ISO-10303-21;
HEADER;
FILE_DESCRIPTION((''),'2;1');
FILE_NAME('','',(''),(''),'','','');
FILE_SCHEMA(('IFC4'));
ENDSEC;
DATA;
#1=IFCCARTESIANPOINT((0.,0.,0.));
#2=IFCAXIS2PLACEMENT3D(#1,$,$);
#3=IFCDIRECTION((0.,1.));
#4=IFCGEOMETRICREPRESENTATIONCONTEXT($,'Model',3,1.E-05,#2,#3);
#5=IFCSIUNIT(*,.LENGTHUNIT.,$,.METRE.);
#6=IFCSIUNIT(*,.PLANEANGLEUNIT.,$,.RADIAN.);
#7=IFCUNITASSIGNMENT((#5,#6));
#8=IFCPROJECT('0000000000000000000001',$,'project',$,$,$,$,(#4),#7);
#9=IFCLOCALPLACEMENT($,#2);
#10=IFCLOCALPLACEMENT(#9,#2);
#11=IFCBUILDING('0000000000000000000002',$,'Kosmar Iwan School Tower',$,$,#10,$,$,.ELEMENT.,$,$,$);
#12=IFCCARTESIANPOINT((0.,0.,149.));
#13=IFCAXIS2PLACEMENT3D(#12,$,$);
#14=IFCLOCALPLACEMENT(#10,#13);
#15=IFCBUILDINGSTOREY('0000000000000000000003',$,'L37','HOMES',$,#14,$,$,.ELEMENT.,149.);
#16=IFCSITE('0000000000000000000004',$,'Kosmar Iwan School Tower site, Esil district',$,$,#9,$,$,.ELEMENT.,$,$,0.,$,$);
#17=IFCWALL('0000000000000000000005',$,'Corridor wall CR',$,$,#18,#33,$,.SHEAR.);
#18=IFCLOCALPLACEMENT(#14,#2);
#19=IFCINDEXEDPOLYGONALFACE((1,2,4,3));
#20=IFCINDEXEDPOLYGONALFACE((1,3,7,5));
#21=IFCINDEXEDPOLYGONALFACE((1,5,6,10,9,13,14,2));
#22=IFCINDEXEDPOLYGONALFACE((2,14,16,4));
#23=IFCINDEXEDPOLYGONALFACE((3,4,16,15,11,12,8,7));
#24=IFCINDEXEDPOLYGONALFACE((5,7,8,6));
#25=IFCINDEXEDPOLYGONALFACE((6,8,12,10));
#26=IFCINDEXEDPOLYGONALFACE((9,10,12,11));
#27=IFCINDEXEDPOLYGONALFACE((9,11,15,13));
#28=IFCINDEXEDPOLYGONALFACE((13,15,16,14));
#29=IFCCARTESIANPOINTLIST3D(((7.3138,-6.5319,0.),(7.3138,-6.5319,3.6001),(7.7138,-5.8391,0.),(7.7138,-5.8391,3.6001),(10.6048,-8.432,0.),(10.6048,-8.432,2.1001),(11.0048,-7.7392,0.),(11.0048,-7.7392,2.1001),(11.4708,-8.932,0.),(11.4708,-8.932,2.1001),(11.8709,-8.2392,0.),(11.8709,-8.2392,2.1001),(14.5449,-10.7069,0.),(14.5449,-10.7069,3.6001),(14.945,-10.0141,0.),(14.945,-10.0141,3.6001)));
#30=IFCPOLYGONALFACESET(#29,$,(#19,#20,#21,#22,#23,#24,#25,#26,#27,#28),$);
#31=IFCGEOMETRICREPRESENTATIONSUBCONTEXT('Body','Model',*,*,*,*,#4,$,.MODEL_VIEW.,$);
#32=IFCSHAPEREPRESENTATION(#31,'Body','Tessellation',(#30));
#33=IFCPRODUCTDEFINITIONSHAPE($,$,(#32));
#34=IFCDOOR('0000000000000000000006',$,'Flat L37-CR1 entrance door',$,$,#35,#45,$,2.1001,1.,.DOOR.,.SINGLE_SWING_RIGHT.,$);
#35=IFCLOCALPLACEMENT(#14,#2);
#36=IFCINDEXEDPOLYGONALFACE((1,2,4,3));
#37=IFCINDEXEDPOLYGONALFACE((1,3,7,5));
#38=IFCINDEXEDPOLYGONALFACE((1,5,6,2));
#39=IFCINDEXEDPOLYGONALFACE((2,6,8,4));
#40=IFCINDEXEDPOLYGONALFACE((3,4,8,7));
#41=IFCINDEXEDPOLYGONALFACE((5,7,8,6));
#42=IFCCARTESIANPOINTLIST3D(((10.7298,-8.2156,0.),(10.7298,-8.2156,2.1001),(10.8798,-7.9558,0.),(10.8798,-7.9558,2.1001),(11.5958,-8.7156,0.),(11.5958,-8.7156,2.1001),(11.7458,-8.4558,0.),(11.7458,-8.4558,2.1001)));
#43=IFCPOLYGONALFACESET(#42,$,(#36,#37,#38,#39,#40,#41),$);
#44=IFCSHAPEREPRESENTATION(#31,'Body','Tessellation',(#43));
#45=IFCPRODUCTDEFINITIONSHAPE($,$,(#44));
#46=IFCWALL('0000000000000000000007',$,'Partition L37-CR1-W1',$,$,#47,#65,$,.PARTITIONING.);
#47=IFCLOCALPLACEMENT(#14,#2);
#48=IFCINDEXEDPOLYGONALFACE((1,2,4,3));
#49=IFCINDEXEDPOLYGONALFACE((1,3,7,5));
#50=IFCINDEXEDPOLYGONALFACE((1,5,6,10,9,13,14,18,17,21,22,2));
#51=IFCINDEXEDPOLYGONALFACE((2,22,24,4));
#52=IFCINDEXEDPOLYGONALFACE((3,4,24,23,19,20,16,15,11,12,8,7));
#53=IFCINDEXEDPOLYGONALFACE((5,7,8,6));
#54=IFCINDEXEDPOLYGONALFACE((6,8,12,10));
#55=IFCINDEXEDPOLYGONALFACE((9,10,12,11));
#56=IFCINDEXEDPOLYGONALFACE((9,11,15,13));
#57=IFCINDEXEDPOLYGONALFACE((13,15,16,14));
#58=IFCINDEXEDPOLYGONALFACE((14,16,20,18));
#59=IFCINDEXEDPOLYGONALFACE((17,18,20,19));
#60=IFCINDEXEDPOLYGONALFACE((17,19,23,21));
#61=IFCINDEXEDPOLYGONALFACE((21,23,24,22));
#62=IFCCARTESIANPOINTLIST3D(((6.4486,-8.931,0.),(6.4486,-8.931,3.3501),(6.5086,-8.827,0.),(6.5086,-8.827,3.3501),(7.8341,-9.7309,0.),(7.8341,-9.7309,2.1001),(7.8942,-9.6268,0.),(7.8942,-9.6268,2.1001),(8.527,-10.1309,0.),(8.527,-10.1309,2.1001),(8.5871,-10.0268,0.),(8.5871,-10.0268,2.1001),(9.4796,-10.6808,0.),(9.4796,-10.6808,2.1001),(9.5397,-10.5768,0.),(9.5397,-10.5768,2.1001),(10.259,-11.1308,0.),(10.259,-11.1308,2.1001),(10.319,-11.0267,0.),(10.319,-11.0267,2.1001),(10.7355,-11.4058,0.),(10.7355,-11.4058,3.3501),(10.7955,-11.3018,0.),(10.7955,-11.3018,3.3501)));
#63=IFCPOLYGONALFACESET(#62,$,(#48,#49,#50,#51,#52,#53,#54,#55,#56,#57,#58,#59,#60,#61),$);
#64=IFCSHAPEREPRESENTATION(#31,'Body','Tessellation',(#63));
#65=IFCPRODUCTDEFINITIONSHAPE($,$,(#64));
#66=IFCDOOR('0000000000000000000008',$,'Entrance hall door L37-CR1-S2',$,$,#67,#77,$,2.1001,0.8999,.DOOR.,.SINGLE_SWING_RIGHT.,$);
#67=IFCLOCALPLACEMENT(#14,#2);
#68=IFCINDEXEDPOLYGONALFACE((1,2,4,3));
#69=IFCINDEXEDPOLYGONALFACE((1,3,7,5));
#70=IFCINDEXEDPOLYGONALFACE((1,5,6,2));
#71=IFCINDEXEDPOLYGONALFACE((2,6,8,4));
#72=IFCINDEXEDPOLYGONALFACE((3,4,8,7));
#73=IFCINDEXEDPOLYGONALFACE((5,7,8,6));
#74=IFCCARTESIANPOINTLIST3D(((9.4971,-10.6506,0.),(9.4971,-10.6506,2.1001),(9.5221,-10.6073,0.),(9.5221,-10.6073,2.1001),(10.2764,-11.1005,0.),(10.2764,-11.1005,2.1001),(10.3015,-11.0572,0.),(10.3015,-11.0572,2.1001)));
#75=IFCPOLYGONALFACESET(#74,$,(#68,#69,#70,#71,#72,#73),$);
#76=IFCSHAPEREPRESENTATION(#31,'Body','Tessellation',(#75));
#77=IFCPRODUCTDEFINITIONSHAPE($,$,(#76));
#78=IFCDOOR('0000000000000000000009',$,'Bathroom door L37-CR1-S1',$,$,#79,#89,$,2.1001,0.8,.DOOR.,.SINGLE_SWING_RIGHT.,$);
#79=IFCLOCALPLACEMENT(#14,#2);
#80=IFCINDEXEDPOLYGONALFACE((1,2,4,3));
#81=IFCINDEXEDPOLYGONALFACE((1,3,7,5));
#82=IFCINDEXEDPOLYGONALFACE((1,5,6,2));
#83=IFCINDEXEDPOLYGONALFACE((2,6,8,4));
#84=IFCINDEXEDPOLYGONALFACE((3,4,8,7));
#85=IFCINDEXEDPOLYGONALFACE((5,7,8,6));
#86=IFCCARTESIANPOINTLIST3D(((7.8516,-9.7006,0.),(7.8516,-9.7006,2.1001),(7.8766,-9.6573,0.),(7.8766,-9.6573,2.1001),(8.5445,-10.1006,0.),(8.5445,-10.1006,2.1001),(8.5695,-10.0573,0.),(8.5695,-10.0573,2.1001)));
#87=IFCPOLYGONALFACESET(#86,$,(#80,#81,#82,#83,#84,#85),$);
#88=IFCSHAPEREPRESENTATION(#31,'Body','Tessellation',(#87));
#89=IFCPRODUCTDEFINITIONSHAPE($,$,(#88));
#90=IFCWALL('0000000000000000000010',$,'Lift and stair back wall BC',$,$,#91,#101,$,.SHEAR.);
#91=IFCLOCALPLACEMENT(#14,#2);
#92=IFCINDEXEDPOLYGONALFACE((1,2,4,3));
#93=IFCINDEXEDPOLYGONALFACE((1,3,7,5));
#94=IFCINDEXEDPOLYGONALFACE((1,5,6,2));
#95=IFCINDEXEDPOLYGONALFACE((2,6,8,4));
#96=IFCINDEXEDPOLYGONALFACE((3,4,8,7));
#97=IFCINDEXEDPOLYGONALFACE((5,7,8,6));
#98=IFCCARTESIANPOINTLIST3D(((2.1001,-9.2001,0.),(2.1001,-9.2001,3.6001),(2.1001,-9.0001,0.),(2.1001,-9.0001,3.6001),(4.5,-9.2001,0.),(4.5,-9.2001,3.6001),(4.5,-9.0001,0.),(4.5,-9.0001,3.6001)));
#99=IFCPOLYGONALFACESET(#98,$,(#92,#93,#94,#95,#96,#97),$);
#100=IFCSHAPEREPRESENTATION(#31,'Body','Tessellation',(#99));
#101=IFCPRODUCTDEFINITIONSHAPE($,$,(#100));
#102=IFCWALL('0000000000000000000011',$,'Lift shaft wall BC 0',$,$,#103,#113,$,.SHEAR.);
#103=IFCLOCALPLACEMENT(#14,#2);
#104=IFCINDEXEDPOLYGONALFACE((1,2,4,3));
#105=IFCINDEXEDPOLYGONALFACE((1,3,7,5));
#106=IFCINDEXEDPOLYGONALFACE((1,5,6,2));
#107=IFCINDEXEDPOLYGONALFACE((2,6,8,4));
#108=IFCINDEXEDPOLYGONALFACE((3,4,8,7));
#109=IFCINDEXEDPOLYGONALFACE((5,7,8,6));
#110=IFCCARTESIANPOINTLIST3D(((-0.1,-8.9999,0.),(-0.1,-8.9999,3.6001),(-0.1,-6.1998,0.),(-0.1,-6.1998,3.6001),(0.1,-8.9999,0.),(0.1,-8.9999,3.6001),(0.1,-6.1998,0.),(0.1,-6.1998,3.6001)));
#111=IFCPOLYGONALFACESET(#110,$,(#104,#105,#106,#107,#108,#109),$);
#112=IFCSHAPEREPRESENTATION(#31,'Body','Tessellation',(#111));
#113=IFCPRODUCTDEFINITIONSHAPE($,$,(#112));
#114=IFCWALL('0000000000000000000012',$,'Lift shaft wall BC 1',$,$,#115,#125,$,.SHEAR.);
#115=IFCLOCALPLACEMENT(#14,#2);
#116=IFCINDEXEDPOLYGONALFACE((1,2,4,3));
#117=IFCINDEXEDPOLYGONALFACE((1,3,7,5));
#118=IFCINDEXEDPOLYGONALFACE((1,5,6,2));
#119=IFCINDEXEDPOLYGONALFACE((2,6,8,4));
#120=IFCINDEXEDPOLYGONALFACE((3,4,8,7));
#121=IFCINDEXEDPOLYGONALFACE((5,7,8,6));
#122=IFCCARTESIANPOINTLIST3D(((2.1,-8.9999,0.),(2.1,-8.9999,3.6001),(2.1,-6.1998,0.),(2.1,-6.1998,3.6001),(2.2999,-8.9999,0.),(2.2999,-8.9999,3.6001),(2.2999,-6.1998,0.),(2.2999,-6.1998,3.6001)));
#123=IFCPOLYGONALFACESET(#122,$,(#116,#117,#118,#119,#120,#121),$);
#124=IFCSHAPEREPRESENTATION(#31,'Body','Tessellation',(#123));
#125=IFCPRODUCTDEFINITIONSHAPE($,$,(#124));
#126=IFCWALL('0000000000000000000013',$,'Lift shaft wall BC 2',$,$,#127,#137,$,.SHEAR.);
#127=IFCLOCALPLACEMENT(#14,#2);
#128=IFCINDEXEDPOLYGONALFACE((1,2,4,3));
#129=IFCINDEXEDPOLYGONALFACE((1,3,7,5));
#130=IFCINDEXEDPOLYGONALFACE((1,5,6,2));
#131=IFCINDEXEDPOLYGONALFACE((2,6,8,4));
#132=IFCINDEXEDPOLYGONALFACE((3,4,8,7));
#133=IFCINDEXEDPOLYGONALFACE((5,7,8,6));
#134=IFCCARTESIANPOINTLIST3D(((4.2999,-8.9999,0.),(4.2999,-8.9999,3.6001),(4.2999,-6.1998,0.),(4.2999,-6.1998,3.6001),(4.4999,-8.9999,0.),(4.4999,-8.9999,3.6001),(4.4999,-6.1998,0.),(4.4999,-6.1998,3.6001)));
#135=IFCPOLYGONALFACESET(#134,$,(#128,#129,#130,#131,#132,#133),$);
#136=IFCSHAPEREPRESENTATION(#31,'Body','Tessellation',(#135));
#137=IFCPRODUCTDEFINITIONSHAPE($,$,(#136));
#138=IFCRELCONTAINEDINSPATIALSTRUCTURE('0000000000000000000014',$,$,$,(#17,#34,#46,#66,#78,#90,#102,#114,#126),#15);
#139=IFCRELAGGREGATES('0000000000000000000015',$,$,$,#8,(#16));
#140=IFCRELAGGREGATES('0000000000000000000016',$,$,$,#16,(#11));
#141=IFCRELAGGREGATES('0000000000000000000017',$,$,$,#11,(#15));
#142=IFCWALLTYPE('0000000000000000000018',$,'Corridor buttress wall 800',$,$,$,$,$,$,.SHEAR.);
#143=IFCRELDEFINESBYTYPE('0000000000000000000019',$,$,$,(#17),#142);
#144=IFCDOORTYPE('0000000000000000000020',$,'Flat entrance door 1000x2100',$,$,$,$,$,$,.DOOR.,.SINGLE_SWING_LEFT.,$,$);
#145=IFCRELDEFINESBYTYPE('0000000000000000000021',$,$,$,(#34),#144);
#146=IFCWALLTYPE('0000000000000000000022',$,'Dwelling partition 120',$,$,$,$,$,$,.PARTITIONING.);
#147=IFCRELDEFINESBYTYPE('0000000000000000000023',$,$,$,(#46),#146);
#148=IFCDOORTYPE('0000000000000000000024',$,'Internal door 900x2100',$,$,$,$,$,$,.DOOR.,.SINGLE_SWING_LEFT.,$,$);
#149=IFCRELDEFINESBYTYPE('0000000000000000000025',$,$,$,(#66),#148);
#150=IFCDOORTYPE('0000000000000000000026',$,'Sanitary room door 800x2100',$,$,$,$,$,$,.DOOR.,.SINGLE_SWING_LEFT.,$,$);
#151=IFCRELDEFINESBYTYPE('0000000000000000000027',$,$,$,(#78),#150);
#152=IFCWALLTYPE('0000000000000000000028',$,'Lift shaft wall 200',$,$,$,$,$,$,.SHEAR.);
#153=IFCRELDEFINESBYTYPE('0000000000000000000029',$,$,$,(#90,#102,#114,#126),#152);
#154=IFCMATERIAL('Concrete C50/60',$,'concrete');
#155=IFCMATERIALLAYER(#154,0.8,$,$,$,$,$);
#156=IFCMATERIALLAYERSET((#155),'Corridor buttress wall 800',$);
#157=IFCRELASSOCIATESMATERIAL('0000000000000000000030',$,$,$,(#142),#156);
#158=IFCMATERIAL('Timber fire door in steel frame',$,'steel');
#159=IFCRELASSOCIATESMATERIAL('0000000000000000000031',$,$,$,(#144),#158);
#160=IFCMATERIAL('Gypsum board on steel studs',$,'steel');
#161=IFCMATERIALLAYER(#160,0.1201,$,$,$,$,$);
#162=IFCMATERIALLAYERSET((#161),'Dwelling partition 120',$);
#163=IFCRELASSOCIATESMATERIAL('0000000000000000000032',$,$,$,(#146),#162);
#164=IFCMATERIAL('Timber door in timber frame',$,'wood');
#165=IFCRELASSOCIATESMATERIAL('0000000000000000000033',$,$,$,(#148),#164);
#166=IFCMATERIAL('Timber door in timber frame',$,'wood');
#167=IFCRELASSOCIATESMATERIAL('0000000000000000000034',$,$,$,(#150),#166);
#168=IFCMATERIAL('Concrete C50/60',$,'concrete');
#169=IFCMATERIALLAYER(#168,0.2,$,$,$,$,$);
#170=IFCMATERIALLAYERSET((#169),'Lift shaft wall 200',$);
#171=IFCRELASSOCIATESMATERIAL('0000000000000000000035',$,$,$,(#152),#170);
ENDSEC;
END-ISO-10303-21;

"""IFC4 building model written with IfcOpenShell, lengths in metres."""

from ifc_helpers import new_model, si_unit, direction, frame, frame_2d, origin, place, context, subcontext, project, spatial, rectangle, extrude, material, layer, layer_set, type_object, element, fill, save


model = new_model("IFC4")

# Units and contexts
model_context = context("Model", 3, precision=1e-05, world=origin(), true_north=direction((0.0, 1.0)))
body_context = subcontext(model_context, "Body", "Model", "MODEL_VIEW")
ifc_project = project(units=[si_unit("LENGTHUNIT", "METRE"), si_unit("PLANEANGLEUNIT", "RADIAN")], contexts=[model_context])

# Site, building, storey
site_placement = place(None, origin())
site = spatial("IfcSite", under=ifc_project, at=site_placement, Name="Kosmar Iwan School Tower site, Esil district", CompositionType="ELEMENT", RefElevation=0.0)
building_placement = place(site_placement, origin())
building = spatial("IfcBuilding", under=site, at=building_placement, Name="Kosmar Iwan School Tower", CompositionType="ELEMENT")
storey_placement = place(building_placement, frame((0.0, 0.0, 149.0)))
storey = spatial("IfcBuildingStorey", under=building, at=storey_placement, Name="L37", Description="HOMES", CompositionType="ELEMENT", Elevation=149.0)

# Wall, opening, door
ifc_material_1 = material(Name="Concrete C50/60", Category="concrete")
ifc_layer_1 = layer(ifc_material_1, 0.8)
ifc_layer_set_1 = layer_set([ifc_layer_1], Name="Corridor buttress wall 800")
wall_type_1 = type_object("IfcWallType", Name="Corridor buttress wall 800", PredefinedType="SHEAR", material=ifc_layer_set_1)
wall_1_placement = place(storey_placement, frame((7.5139, -6.1855, 0.0), z_axis=(0.0, 0.0, 1.0), x_axis=(0.86602, -0.50001, 0.0)))
wall_1 = element("IfcWall", 1, at=wall_1_placement, inside=storey, type_object=wall_type_1, Name="Corridor wall CR", PredefinedType="SHEAR", context=body_context, shape_type="SweptSolid", body=[
    extrude(rectangle(XDim=8.3499, YDim=0.8, at=frame_2d((4.1748, 0.0))), origin(), (0.0, 0.0, 1.0), 3.6001),
])
opening_1_placement = place(wall_1_placement, frame((3.8, 0.0, 0.0)))
opening_1 = element("IfcOpeningElement", 2, at=opening_1_placement, cuts=wall_1, PredefinedType="OPENING", context=body_context, shape_type="SweptSolid", body=[
    extrude(rectangle(XDim=1.0, YDim=2.1001, at=frame_2d((0.5, 1.05))), frame((0.0, 0.4121, 0.0), z_axis=(0.0, -1.0, 0.0), x_axis=(1.0, 0.0, 0.0)), (0.0, 0.0, 1.0), 0.824),
])
ifc_material_2 = material(Name="Timber fire door in steel frame", Category="steel")
door_type_1 = type_object("IfcDoorType", Name="Flat entrance door 1000x2100", OperationType="SINGLE_SWING_LEFT", PredefinedType="DOOR", material=ifc_material_2)
door_1_placement = place(opening_1_placement, origin())
door_1 = element("IfcDoor", 3, at=door_1_placement, inside=storey, type_object=door_type_1, Name="Flat L37-CR1 entrance door", OperationType="SINGLE_SWING_RIGHT", OverallHeight=2.1001, OverallWidth=1.0, PredefinedType="DOOR", context=body_context, shape_type="SweptSolid", body=[
    extrude(rectangle(XDim=1.0, YDim=2.1001, at=frame_2d((0.5, 1.05))), frame((0.0, 0.1499, 0.0), z_axis=(0.0, -1.0, 0.0), x_axis=(1.0, 0.0, 0.0)), (0.0, 0.0, 1.0), 0.3),
])
fill(opening_1, door_1)

# Wall, openings, doors
ifc_material_3 = material(Name="Gypsum board on steel studs", Category="steel")
ifc_layer_2 = layer(ifc_material_3, 0.1201)
ifc_layer_set_2 = layer_set([ifc_layer_2], Name="Dwelling partition 120")
wall_type_2 = type_object("IfcWallType", Name="Dwelling partition 120", PredefinedType="PARTITIONING", material=ifc_layer_set_2)
wall_2_placement = place(storey_placement, frame((6.4785, -8.8789, 0.0), z_axis=(0.0, 0.0, 1.0), x_axis=(0.86604, -0.499974, 0.0)))
wall_2 = element("IfcWall", 4, at=wall_2_placement, inside=storey, type_object=wall_type_2, Name="Partition L37-CR1-W1", PredefinedType="PARTITIONING", context=body_context, shape_type="SweptSolid", body=[
    extrude(rectangle(XDim=4.95, YDim=0.1201, at=frame_2d((2.4751, 0.0))), origin(), (0.0, 0.0, 1.0), 3.3501),
])
opening_2_placement = place(wall_2_placement, frame((1.6001, 0.0, 0.0)))
opening_2 = element("IfcOpeningElement", 5, at=opening_2_placement, cuts=wall_2, PredefinedType="OPENING", context=body_context, shape_type="SweptSolid", body=[
    extrude(rectangle(XDim=0.8, YDim=2.1001, at=frame_2d((0.3999, 1.05))), frame((0.0, 0.072, 0.0), z_axis=(0.0, -1.0, 0.0), x_axis=(1.0, 0.0, 0.0)), (0.0, 0.0, 1.0), 0.144),
])
opening_3_placement = place(wall_2_placement, frame((3.5, 0.0, 0.0)))
opening_3 = element("IfcOpeningElement", 6, at=opening_3_placement, cuts=wall_2, PredefinedType="OPENING", context=body_context, shape_type="SweptSolid", body=[
    extrude(rectangle(XDim=0.8999, YDim=2.1001, at=frame_2d((0.45, 1.05))), frame((0.0, 0.072, 0.0), z_axis=(0.0, -1.0, 0.0), x_axis=(1.0, 0.0, 0.0)), (0.0, 0.0, 1.0), 0.144),
])
ifc_material_4 = material(Name="Timber door in timber frame", Category="wood")
door_type_2 = type_object("IfcDoorType", Name="Internal door 900x2100", OperationType="SINGLE_SWING_LEFT", PredefinedType="DOOR", material=ifc_material_4)
door_2_placement = place(opening_3_placement, origin())
door_2 = element("IfcDoor", 7, at=door_2_placement, inside=storey, type_object=door_type_2, Name="Entrance hall door L37-CR1-S2", OperationType="SINGLE_SWING_RIGHT", OverallHeight=2.1001, OverallWidth=0.8999, PredefinedType="DOOR", context=body_context, shape_type="SweptSolid", body=[
    extrude(rectangle(XDim=0.8999, YDim=2.1001, at=frame_2d((0.45, 1.05))), frame((0.0, 0.0249, 0.0), z_axis=(0.0, -1.0, 0.0), x_axis=(1.0, 0.0, 0.0)), (0.0, 0.0, 1.0), 0.05),
])
fill(opening_3, door_2)
ifc_material_5 = material(Name="Timber door in timber frame", Category="wood")
door_type_3 = type_object("IfcDoorType", Name="Sanitary room door 800x2100", OperationType="SINGLE_SWING_LEFT", PredefinedType="DOOR", material=ifc_material_5)
door_3_placement = place(opening_2_placement, origin())
door_3 = element("IfcDoor", 8, at=door_3_placement, inside=storey, type_object=door_type_3, Name="Bathroom door L37-CR1-S1", OperationType="SINGLE_SWING_RIGHT", OverallHeight=2.1001, OverallWidth=0.8, PredefinedType="DOOR", context=body_context, shape_type="SweptSolid", body=[
    extrude(rectangle(XDim=0.8, YDim=2.1001, at=frame_2d((0.3999, 1.05))), frame((0.0, 0.0249, 0.0), z_axis=(0.0, -1.0, 0.0), x_axis=(1.0, 0.0, 0.0)), (0.0, 0.0, 1.0), 0.05),
])
fill(opening_2, door_3)

# Walls
ifc_material_6 = material(Name="Concrete C50/60", Category="concrete")
ifc_layer_3 = layer(ifc_material_6, 0.2)
ifc_layer_set_3 = layer_set([ifc_layer_3], Name="Lift shaft wall 200")
wall_type_3 = type_object("IfcWallType", Name="Lift shaft wall 200", PredefinedType="SHEAR", material=ifc_layer_set_3)
wall_3_placement = place(storey_placement, frame((2.1001, -9.1001, 0.0), z_axis=(0.0, 0.0, 1.0), x_axis=(1.0, 0.0, 0.0)))
element("IfcWall", 9, at=wall_3_placement, inside=storey, type_object=wall_type_3, Name="Lift and stair back wall BC", PredefinedType="SHEAR", context=body_context, shape_type="SweptSolid", body=[
    extrude(rectangle(XDim=2.3999, YDim=0.2, at=frame_2d((1.2, 0.0))), origin(), (0.0, 0.0, 1.0), 3.6001),
])
for number, where, z_axis, x_axis, name in (
    (10, (0.0, -6.2, 0.0), (0.0, 0.0, 1.0), (0.0, -1.0, 0.0), "Lift shaft wall BC 0"),
    (11, (2.2, -6.2, 0.0), (0.0, 0.0, 1.0), (0.0, -1.0, 0.0), "Lift shaft wall BC 1"),
    (12, (4.3999, -6.2, 0.0), (0.0, 0.0, 1.0), (0.0, -1.0, 0.0), "Lift shaft wall BC 2"),
):
    element("IfcWall", number, at=place(storey_placement, frame(where, z_axis=z_axis, x_axis=x_axis)), inside=storey, type_object=wall_type_3, Name=name, PredefinedType="SHEAR", context=body_context, shape_type="SweptSolid", body=[
        extrude(rectangle(XDim=2.8, YDim=0.2, at=frame_2d((1.3999, 0.0))), origin(), (0.0, 0.0, 1.0), 3.6001),
    ])

save(model, "model.ifc")
